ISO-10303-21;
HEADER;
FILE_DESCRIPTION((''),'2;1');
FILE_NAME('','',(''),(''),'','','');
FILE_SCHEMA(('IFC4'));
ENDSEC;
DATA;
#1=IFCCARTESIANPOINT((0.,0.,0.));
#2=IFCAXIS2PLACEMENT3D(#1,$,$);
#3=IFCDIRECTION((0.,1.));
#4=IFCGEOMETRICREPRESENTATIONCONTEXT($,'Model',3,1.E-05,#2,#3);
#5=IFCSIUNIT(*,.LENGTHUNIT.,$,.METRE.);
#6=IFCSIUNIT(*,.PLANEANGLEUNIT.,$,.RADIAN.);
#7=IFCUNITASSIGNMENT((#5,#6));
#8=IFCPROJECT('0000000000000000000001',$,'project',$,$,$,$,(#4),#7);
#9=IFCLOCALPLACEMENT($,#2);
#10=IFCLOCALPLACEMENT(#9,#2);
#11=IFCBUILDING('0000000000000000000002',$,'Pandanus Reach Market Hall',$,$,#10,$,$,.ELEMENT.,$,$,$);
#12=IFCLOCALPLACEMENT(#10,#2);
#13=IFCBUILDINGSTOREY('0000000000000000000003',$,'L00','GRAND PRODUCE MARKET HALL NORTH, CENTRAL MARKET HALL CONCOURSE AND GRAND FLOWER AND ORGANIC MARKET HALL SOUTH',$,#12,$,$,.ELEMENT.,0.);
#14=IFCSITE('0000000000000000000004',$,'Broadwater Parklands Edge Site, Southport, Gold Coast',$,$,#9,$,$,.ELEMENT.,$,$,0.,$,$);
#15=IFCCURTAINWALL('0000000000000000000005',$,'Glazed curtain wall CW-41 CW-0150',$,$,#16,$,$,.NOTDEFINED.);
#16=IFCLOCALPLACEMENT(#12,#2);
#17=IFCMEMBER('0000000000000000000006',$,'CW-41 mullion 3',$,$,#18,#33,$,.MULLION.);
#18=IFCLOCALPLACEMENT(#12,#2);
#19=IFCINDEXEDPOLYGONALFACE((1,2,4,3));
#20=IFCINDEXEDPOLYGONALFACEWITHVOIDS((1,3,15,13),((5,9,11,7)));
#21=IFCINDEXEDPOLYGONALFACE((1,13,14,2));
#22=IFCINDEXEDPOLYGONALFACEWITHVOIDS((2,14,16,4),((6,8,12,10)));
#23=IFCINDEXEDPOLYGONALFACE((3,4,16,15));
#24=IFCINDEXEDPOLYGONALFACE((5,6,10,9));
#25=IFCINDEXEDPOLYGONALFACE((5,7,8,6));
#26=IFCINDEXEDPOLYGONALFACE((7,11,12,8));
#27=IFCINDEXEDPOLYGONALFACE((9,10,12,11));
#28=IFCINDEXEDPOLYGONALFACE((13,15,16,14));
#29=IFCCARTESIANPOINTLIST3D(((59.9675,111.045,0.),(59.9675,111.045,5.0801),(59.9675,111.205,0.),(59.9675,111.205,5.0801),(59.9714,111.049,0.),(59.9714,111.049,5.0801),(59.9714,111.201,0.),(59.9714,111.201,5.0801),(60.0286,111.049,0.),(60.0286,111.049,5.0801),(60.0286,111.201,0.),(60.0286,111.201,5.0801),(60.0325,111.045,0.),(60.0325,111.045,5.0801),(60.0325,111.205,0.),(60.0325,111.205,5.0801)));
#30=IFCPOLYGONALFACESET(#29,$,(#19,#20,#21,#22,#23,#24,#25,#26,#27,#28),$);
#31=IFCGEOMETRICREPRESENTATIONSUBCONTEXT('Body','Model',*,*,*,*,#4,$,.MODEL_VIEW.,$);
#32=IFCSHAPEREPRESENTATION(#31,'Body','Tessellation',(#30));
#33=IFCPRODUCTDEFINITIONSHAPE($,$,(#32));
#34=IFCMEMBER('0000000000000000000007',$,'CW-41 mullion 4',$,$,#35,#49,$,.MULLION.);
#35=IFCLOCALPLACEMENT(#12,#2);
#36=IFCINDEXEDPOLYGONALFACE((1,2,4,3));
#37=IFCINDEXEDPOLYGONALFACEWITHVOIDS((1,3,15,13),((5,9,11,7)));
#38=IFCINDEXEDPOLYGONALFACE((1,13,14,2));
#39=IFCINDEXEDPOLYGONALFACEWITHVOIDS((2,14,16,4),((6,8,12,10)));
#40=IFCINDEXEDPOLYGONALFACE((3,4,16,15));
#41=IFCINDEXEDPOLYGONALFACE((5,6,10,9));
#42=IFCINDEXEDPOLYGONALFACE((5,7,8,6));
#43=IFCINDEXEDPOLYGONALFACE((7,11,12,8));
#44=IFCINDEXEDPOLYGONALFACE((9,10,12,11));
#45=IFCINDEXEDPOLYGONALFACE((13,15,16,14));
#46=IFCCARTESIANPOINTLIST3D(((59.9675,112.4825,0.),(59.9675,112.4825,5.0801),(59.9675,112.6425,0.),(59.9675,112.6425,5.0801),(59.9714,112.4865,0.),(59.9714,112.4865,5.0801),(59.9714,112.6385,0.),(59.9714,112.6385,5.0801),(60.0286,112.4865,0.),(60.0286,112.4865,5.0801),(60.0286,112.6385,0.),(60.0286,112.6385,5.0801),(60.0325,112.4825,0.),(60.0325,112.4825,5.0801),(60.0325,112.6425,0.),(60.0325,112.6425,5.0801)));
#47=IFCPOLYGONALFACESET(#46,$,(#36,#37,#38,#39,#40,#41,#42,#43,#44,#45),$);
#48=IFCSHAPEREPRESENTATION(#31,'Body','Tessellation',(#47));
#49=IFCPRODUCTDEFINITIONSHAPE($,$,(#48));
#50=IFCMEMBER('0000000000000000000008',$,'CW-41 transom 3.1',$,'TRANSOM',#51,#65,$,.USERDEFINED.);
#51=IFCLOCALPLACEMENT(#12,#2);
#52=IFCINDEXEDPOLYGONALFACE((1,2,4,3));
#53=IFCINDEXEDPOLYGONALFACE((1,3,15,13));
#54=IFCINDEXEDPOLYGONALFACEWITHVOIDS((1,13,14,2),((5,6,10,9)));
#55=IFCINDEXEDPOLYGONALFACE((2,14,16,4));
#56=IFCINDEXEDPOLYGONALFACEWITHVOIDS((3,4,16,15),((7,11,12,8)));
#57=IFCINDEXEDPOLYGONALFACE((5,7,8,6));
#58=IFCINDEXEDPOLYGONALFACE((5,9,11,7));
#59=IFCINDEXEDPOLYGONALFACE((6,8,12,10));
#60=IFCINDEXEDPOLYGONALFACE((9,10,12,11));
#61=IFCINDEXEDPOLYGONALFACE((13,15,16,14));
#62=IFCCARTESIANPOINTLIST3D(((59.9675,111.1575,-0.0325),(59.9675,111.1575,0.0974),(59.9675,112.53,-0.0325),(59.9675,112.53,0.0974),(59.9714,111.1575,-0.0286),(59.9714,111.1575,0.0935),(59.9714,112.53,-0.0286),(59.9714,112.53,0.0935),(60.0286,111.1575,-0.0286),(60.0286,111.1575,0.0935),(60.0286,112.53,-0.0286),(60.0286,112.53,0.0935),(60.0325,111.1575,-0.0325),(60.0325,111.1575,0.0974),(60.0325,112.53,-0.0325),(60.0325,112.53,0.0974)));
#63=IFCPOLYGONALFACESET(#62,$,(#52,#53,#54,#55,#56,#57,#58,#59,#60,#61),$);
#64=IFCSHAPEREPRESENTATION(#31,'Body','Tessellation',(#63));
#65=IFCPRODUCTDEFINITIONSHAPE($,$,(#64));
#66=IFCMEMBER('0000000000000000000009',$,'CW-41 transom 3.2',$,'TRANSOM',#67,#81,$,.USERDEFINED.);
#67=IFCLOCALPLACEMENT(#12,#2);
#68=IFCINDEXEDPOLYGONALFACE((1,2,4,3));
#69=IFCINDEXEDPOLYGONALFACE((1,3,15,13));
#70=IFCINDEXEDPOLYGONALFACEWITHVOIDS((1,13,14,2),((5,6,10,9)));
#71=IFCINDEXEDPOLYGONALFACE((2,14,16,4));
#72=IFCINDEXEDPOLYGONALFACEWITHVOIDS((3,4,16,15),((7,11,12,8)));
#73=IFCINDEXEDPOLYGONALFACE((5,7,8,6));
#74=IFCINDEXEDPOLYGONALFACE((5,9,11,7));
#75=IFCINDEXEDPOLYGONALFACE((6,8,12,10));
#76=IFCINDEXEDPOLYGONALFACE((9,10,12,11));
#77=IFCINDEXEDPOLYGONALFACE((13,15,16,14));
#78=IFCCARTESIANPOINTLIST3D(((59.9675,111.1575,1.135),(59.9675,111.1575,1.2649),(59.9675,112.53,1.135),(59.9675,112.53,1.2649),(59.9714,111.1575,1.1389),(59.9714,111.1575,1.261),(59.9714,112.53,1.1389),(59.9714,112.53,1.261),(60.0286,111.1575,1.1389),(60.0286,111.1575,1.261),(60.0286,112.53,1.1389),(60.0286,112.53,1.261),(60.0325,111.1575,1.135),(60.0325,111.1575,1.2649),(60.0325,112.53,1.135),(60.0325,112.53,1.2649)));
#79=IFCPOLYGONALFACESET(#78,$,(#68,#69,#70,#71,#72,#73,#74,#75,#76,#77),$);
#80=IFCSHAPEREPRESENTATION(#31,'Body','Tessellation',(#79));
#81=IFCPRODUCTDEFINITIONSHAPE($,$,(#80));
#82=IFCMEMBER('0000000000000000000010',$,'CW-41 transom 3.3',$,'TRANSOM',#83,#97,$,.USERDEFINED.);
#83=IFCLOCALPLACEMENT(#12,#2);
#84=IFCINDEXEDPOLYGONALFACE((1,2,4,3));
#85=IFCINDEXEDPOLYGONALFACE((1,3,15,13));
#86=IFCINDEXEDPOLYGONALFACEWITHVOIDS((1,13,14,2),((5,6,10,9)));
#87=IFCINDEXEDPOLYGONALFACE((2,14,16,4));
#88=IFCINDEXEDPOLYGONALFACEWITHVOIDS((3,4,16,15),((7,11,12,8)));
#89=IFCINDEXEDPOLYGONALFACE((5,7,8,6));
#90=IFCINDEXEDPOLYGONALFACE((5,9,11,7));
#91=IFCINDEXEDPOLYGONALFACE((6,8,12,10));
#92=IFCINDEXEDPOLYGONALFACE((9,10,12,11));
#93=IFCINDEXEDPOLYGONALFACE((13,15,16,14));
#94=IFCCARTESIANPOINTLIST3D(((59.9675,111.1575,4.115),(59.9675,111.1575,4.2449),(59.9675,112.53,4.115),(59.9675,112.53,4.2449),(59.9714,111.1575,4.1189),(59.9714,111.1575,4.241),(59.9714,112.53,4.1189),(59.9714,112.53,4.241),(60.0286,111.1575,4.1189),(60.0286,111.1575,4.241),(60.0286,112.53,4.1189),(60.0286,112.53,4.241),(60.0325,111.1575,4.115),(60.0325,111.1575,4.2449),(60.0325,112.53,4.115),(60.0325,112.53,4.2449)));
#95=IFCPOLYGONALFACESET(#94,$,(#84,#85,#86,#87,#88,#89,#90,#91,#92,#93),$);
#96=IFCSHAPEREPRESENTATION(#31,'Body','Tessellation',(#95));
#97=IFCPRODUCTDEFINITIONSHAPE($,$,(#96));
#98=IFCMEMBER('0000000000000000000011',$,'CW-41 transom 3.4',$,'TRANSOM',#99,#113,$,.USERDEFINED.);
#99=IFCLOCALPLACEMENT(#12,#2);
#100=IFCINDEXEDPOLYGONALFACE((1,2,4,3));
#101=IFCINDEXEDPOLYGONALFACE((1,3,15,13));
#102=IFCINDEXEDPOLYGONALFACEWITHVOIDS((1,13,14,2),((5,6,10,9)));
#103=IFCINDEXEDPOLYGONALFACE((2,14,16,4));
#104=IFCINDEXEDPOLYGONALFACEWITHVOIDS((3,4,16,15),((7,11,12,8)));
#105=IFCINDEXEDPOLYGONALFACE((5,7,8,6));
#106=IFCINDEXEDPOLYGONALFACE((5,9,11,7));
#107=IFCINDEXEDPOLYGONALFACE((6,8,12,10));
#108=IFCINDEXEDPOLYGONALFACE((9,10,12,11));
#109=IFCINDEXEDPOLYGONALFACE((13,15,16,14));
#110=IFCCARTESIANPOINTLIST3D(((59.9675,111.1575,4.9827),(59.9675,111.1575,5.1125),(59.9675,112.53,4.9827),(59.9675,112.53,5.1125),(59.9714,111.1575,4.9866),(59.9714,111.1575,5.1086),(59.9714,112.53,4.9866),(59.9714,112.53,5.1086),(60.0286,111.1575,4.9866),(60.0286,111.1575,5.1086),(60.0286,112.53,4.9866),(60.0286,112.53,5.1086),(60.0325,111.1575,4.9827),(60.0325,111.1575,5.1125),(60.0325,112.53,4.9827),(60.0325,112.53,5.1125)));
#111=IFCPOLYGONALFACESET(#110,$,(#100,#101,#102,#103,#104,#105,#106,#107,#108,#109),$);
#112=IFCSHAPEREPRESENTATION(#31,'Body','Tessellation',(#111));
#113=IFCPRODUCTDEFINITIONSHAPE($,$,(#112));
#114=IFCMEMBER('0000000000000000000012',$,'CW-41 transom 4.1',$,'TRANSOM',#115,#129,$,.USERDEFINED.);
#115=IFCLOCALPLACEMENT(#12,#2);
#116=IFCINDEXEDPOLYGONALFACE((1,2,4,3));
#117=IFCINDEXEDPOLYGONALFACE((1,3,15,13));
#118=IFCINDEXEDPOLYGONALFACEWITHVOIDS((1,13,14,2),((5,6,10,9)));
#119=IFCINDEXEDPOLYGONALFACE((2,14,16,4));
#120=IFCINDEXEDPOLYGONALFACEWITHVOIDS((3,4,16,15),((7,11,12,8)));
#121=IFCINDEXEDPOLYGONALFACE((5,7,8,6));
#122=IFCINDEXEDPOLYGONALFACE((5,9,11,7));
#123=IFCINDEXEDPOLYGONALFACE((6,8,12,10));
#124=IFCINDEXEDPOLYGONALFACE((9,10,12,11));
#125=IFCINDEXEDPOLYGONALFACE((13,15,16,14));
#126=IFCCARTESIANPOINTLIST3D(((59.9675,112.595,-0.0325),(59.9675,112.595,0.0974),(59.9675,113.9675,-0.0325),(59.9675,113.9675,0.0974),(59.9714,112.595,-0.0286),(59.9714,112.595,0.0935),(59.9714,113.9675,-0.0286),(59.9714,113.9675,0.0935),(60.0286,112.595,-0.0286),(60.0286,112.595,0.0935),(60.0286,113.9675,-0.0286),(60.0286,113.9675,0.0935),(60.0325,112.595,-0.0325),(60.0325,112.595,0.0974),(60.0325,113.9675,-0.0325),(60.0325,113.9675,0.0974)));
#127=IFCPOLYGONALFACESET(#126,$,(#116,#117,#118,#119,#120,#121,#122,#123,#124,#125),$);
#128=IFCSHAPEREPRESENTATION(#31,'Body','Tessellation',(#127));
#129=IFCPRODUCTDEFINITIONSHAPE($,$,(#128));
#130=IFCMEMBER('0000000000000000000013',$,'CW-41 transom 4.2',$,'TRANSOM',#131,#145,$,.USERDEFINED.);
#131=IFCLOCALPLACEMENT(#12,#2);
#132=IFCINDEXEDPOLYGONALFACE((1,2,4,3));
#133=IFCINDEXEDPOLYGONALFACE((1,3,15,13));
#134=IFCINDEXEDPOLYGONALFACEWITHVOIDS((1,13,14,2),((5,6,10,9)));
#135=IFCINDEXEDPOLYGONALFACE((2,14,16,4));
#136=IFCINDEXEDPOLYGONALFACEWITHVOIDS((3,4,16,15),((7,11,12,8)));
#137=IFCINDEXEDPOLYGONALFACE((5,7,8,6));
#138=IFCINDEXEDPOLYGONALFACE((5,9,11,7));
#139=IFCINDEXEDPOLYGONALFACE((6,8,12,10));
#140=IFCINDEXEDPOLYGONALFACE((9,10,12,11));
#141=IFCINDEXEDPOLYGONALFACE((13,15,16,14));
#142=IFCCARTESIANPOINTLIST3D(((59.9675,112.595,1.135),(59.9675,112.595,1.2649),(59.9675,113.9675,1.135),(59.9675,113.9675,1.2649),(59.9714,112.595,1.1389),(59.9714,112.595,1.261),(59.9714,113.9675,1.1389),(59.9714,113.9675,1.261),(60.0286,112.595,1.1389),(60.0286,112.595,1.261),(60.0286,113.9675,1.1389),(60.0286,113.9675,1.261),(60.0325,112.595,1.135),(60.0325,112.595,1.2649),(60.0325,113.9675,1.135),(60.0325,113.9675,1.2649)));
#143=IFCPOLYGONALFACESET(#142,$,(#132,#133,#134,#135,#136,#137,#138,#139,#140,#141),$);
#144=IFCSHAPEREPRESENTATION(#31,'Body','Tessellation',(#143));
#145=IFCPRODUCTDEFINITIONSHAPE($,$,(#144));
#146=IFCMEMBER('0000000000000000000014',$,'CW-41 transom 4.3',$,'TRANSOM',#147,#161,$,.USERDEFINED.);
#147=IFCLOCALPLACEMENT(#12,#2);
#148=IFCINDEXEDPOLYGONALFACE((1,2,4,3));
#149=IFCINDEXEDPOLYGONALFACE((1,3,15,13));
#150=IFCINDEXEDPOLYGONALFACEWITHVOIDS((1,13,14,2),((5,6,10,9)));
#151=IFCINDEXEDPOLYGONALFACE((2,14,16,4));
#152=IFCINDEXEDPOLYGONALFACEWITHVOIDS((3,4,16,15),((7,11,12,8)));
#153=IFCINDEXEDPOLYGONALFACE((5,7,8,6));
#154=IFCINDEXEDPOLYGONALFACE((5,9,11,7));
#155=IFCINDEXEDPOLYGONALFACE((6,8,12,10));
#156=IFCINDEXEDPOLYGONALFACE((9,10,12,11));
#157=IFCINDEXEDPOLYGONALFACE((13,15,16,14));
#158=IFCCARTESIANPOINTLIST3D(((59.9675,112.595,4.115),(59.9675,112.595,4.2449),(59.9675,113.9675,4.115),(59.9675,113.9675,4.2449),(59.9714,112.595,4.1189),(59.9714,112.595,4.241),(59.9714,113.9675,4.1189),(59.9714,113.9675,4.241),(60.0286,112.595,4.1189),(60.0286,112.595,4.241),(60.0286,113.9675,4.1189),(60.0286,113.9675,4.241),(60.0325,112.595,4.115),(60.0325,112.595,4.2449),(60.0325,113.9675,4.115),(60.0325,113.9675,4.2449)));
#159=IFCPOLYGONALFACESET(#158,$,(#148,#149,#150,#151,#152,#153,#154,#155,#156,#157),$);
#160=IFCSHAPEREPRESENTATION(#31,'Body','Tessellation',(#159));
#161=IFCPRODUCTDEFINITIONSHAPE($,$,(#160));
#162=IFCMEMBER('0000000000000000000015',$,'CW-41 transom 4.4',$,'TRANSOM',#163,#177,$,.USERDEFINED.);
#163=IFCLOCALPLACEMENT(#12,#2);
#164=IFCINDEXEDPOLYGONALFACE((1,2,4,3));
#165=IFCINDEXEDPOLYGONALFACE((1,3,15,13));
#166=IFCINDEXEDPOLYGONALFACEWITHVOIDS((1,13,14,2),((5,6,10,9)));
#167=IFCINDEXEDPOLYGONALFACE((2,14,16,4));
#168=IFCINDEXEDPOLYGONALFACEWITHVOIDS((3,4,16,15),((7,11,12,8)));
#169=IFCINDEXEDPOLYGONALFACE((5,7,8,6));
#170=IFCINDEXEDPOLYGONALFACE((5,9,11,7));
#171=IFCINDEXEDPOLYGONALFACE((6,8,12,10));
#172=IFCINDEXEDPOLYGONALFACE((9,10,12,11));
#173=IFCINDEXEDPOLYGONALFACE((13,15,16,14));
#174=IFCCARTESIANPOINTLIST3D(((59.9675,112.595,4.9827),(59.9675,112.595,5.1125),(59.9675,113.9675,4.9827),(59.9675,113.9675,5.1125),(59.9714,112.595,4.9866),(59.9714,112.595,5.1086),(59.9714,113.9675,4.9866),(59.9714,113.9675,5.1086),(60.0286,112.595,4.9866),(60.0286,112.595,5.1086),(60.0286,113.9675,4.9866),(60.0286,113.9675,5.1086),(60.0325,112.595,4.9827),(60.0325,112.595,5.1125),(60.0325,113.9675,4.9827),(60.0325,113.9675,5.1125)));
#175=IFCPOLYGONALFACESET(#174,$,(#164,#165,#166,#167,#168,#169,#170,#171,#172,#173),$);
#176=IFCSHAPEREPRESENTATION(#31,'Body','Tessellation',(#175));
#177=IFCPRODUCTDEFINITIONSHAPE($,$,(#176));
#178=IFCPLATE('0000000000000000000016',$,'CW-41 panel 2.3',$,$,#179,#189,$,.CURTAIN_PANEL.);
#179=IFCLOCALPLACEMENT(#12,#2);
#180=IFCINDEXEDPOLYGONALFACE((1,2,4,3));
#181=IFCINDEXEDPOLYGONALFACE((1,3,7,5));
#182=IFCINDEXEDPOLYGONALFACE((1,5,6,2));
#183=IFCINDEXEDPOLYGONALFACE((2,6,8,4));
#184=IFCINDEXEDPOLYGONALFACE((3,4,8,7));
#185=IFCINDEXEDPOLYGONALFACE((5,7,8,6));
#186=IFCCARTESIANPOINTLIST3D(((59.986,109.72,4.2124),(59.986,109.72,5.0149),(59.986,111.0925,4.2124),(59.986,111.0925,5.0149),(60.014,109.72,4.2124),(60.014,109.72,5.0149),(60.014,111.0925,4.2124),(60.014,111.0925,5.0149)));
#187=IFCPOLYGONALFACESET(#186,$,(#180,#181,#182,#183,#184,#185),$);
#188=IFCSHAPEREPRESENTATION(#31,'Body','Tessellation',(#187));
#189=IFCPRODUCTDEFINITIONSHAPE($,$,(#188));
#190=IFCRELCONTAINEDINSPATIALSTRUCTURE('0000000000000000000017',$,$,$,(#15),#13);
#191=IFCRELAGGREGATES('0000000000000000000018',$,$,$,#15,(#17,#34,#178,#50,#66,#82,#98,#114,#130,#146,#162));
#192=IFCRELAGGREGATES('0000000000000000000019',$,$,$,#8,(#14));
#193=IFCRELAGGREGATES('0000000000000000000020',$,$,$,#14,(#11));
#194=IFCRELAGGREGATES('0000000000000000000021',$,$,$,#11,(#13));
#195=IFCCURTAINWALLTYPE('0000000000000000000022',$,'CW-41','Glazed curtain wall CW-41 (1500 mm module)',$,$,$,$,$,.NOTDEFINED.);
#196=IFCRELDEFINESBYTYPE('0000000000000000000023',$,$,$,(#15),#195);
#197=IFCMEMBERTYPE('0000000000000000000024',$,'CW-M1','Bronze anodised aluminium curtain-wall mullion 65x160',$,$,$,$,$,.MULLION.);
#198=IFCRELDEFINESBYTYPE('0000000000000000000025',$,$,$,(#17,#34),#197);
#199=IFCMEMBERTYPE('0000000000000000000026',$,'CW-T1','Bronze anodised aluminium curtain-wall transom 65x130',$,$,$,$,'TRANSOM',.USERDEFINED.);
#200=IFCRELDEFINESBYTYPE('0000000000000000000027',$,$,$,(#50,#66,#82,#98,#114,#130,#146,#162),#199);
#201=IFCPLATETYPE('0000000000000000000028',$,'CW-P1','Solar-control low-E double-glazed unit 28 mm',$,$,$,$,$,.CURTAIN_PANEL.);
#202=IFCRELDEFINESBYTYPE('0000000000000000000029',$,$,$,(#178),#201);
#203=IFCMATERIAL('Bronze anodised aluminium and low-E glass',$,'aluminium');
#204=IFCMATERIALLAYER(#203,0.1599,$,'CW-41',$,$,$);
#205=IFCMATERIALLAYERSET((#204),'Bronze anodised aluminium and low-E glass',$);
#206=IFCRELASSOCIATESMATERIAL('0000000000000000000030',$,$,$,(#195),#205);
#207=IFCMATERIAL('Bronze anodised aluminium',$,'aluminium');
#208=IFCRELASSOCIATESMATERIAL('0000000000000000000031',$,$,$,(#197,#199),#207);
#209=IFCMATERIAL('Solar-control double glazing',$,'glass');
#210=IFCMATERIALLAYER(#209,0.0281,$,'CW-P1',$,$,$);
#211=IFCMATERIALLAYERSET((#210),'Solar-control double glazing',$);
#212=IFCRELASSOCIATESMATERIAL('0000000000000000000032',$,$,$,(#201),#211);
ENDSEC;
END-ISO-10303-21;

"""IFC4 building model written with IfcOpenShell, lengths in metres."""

from ifc_helpers import new_model, si_unit, direction, frame, origin, origin_2d, place, context, subcontext, project, spatial, rectangle, hollow_rectangle, extrude, material, layer, layer_set, material_profile, profile_set, type_object, element, aggregate, save


model = new_model("IFC4")

# Units and contexts
model_context = context("Model", 3, precision=1e-05, world=origin(), true_north=direction((0.0, 1.0)))
body_context = subcontext(model_context, "Body", "Model", "MODEL_VIEW")
ifc_project = project(units=[si_unit("LENGTHUNIT", "METRE"), si_unit("PLANEANGLEUNIT", "RADIAN")], contexts=[model_context])

# Site, building, storey
site_placement = place(None, origin())
site = spatial("IfcSite", under=ifc_project, at=site_placement, Name="Broadwater Parklands Edge Site, Southport, Gold Coast", CompositionType="ELEMENT", RefElevation=0.0)
building_placement = place(site_placement, origin())
building = spatial("IfcBuilding", under=site, at=building_placement, Name="Pandanus Reach Market Hall", CompositionType="ELEMENT")
storey_placement = place(building_placement, origin())
storey = spatial("IfcBuildingStorey", under=building, at=storey_placement, Name="L00", Description="GRAND PRODUCE MARKET HALL NORTH, CENTRAL MARKET HALL CONCOURSE AND GRAND FLOWER AND ORGANIC MARKET HALL SOUTH", CompositionType="ELEMENT", Elevation=0.0)

# Curtain wall, members, plate
ifc_material_1 = material(Name="Bronze anodised aluminium and low-E glass", Category="aluminium")
ifc_layer_1 = layer(ifc_material_1, 0.1599, Name="CW-41")
ifc_layer_set_1 = layer_set([ifc_layer_1], Name="Bronze anodised aluminium and low-E glass")
curtain_wall_type = type_object("IfcCurtainWallType", Name="CW-41", Description="Glazed curtain wall CW-41 (1500 mm module)", PredefinedType="NOTDEFINED", material=ifc_layer_set_1)
curtain_wall_placement = place(storey_placement, origin())
curtain_wall = element("IfcCurtainWall", 1, at=curtain_wall_placement, inside=storey, type_object=curtain_wall_type, Name="Glazed curtain wall CW-41 CW-0150", PredefinedType="NOTDEFINED")
ifc_material_2 = material(Name="Bronze anodised aluminium", Category="aluminium")
ifc_material_profile_1 = material_profile(ifc_material_2, hollow_rectangle(XDim=0.0649, YDim=0.1599, WallThickness=0.0039, at=origin_2d()), Name="ALU65x160", Category="LoadBearing")
ifc_profile_set_1 = profile_set([ifc_material_profile_1], Name="Bronze anodised aluminium")
member_type_1 = type_object("IfcMemberType", Name="CW-M1", Description="Bronze anodised aluminium curtain-wall mullion 65x160", PredefinedType="MULLION", material=ifc_profile_set_1)
member_1_placement = place(storey_placement, frame((60.0, 111.125, 0.0), z_axis=(0.0, 0.0, 1.0), x_axis=(-1.0, 0.0, 0.0)))
member_1 = element("IfcMember", 2, at=member_1_placement, type_object=member_type_1, Name="CW-41 mullion 3", PredefinedType="MULLION", context=body_context, shape_type="SweptSolid", body=[
    extrude(hollow_rectangle(XDim=0.0649, YDim=0.1599, WallThickness=0.0039, at=origin_2d()), origin(), (0.0, 0.0, 1.0), 5.0801),
])
member_2_placement = place(storey_placement, frame((60.0, 112.5625, 0.0), z_axis=(0.0, 0.0, 1.0), x_axis=(-1.0, 0.0, 0.0)))
member_2 = element("IfcMember", 3, at=member_2_placement, type_object=member_type_1, Name="CW-41 mullion 4", PredefinedType="MULLION", context=body_context, shape_type="SweptSolid", body=[
    extrude(hollow_rectangle(XDim=0.0649, YDim=0.1599, WallThickness=0.0039, at=origin_2d()), origin(), (0.0, 0.0, 1.0), 5.0801),
])
ifc_material_profile_2 = material_profile(ifc_material_2, hollow_rectangle(XDim=0.0649, YDim=0.1299, WallThickness=0.0039, at=origin_2d()), Name="ALU65x130", Category="LoadBearing")
ifc_profile_set_2 = profile_set([ifc_material_profile_2], Name="Bronze anodised aluminium")
member_type_2 = type_object("IfcMemberType", Name="CW-T1", Description="Bronze anodised aluminium curtain-wall transom 65x130", ElementType="TRANSOM", PredefinedType="USERDEFINED", material=ifc_profile_set_2)
member_3_placement = place(storey_placement, frame((60.0, 111.1575, 0.0325), z_axis=(0.0, 1.0, 0.0), x_axis=(-1.0, 0.0, 0.0)))
member_3 = element("IfcMember", 4, at=member_3_placement, type_object=member_type_2, Name="CW-41 transom 3.1", ObjectType="TRANSOM", PredefinedType="USERDEFINED", context=body_context, shape_type="SweptSolid", body=[
    extrude(hollow_rectangle(XDim=0.0649, YDim=0.1299, WallThickness=0.0039, at=origin_2d()), origin(), (0.0, 0.0, 1.0), 1.3726),
])
member_4_placement = place(storey_placement, frame((60.0, 111.1575, 1.2), z_axis=(0.0, 1.0, 0.0), x_axis=(-1.0, 0.0, 0.0)))
member_4 = element("IfcMember", 5, at=member_4_placement, type_object=member_type_2, Name="CW-41 transom 3.2", ObjectType="TRANSOM", PredefinedType="USERDEFINED", context=body_context, shape_type="SweptSolid", body=[
    extrude(hollow_rectangle(XDim=0.0649, YDim=0.1299, WallThickness=0.0039, at=origin_2d()), origin(), (0.0, 0.0, 1.0), 1.3726),
])
member_5_placement = place(storey_placement, frame((60.0, 111.1575, 4.1799), z_axis=(0.0, 1.0, 0.0), x_axis=(-1.0, 0.0, 0.0)))
member_5 = element("IfcMember", 6, at=member_5_placement, type_object=member_type_2, Name="CW-41 transom 3.3", ObjectType="TRANSOM", PredefinedType="USERDEFINED", context=body_context, shape_type="SweptSolid", body=[
    extrude(hollow_rectangle(XDim=0.0649, YDim=0.1299, WallThickness=0.0039, at=origin_2d()), origin(), (0.0, 0.0, 1.0), 1.3726),
])
member_6_placement = place(storey_placement, frame((60.0, 111.1575, 5.0476), z_axis=(0.0, 1.0, 0.0), x_axis=(-1.0, 0.0, 0.0)))
member_6 = element("IfcMember", 7, at=member_6_placement, type_object=member_type_2, Name="CW-41 transom 3.4", ObjectType="TRANSOM", PredefinedType="USERDEFINED", context=body_context, shape_type="SweptSolid", body=[
    extrude(hollow_rectangle(XDim=0.0649, YDim=0.1299, WallThickness=0.0039, at=origin_2d()), origin(), (0.0, 0.0, 1.0), 1.3726),
])
member_7_placement = place(storey_placement, frame((60.0, 112.595, 0.0325), z_axis=(0.0, 1.0, 0.0), x_axis=(-1.0, 0.0, 0.0)))
member_7 = element("IfcMember", 8, at=member_7_placement, type_object=member_type_2, Name="CW-41 transom 4.1", ObjectType="TRANSOM", PredefinedType="USERDEFINED", context=body_context, shape_type="SweptSolid", body=[
    extrude(hollow_rectangle(XDim=0.0649, YDim=0.1299, WallThickness=0.0039, at=origin_2d()), origin(), (0.0, 0.0, 1.0), 1.3726),
])
member_8_placement = place(storey_placement, frame((60.0, 112.595, 1.2), z_axis=(0.0, 1.0, 0.0), x_axis=(-1.0, 0.0, 0.0)))
member_8 = element("IfcMember", 9, at=member_8_placement, type_object=member_type_2, Name="CW-41 transom 4.2", ObjectType="TRANSOM", PredefinedType="USERDEFINED", context=body_context, shape_type="SweptSolid", body=[
    extrude(hollow_rectangle(XDim=0.0649, YDim=0.1299, WallThickness=0.0039, at=origin_2d()), origin(), (0.0, 0.0, 1.0), 1.3726),
])
member_9_placement = place(storey_placement, frame((60.0, 112.595, 4.1799), z_axis=(0.0, 1.0, 0.0), x_axis=(-1.0, 0.0, 0.0)))
member_9 = element("IfcMember", 10, at=member_9_placement, type_object=member_type_2, Name="CW-41 transom 4.3", ObjectType="TRANSOM", PredefinedType="USERDEFINED", context=body_context, shape_type="SweptSolid", body=[
    extrude(hollow_rectangle(XDim=0.0649, YDim=0.1299, WallThickness=0.0039, at=origin_2d()), origin(), (0.0, 0.0, 1.0), 1.3726),
])
member_10_placement = place(storey_placement, frame((60.0, 112.595, 5.0476), z_axis=(0.0, 1.0, 0.0), x_axis=(-1.0, 0.0, 0.0)))
member_10 = element("IfcMember", 11, at=member_10_placement, type_object=member_type_2, Name="CW-41 transom 4.4", ObjectType="TRANSOM", PredefinedType="USERDEFINED", context=body_context, shape_type="SweptSolid", body=[
    extrude(hollow_rectangle(XDim=0.0649, YDim=0.1299, WallThickness=0.0039, at=origin_2d()), origin(), (0.0, 0.0, 1.0), 1.3726),
])
ifc_material_3 = material(Name="Solar-control double glazing", Category="glass")
ifc_layer_2 = layer(ifc_material_3, 0.0281, Name="CW-P1")
ifc_layer_set_2 = layer_set([ifc_layer_2], Name="Solar-control double glazing")
plate_type = type_object("IfcPlateType", Name="CW-P1", Description="Solar-control low-E double-glazed unit 28 mm", PredefinedType="CURTAIN_PANEL", material=ifc_layer_set_2)
plate_1_placement = place(storey_placement, frame((60.0, 110.4062, 4.2124), z_axis=(0.0, 0.0, 1.0), x_axis=(0.0, 1.0, 0.0)))
plate_1 = element("IfcPlate", 12, at=plate_1_placement, type_object=plate_type, Name="CW-41 panel 2.3", PredefinedType="CURTAIN_PANEL", context=body_context, shape_type="SweptSolid", body=[
    extrude(rectangle(XDim=1.3726, YDim=0.0281, at=origin_2d()), origin(), (0.0, 0.0, 1.0), 0.8025),
])
aggregate(curtain_wall, [member_1, member_2, plate_1, member_3, member_4, member_5, member_6, member_7, member_8, member_9, member_10])

save(model, "model.ifc")
